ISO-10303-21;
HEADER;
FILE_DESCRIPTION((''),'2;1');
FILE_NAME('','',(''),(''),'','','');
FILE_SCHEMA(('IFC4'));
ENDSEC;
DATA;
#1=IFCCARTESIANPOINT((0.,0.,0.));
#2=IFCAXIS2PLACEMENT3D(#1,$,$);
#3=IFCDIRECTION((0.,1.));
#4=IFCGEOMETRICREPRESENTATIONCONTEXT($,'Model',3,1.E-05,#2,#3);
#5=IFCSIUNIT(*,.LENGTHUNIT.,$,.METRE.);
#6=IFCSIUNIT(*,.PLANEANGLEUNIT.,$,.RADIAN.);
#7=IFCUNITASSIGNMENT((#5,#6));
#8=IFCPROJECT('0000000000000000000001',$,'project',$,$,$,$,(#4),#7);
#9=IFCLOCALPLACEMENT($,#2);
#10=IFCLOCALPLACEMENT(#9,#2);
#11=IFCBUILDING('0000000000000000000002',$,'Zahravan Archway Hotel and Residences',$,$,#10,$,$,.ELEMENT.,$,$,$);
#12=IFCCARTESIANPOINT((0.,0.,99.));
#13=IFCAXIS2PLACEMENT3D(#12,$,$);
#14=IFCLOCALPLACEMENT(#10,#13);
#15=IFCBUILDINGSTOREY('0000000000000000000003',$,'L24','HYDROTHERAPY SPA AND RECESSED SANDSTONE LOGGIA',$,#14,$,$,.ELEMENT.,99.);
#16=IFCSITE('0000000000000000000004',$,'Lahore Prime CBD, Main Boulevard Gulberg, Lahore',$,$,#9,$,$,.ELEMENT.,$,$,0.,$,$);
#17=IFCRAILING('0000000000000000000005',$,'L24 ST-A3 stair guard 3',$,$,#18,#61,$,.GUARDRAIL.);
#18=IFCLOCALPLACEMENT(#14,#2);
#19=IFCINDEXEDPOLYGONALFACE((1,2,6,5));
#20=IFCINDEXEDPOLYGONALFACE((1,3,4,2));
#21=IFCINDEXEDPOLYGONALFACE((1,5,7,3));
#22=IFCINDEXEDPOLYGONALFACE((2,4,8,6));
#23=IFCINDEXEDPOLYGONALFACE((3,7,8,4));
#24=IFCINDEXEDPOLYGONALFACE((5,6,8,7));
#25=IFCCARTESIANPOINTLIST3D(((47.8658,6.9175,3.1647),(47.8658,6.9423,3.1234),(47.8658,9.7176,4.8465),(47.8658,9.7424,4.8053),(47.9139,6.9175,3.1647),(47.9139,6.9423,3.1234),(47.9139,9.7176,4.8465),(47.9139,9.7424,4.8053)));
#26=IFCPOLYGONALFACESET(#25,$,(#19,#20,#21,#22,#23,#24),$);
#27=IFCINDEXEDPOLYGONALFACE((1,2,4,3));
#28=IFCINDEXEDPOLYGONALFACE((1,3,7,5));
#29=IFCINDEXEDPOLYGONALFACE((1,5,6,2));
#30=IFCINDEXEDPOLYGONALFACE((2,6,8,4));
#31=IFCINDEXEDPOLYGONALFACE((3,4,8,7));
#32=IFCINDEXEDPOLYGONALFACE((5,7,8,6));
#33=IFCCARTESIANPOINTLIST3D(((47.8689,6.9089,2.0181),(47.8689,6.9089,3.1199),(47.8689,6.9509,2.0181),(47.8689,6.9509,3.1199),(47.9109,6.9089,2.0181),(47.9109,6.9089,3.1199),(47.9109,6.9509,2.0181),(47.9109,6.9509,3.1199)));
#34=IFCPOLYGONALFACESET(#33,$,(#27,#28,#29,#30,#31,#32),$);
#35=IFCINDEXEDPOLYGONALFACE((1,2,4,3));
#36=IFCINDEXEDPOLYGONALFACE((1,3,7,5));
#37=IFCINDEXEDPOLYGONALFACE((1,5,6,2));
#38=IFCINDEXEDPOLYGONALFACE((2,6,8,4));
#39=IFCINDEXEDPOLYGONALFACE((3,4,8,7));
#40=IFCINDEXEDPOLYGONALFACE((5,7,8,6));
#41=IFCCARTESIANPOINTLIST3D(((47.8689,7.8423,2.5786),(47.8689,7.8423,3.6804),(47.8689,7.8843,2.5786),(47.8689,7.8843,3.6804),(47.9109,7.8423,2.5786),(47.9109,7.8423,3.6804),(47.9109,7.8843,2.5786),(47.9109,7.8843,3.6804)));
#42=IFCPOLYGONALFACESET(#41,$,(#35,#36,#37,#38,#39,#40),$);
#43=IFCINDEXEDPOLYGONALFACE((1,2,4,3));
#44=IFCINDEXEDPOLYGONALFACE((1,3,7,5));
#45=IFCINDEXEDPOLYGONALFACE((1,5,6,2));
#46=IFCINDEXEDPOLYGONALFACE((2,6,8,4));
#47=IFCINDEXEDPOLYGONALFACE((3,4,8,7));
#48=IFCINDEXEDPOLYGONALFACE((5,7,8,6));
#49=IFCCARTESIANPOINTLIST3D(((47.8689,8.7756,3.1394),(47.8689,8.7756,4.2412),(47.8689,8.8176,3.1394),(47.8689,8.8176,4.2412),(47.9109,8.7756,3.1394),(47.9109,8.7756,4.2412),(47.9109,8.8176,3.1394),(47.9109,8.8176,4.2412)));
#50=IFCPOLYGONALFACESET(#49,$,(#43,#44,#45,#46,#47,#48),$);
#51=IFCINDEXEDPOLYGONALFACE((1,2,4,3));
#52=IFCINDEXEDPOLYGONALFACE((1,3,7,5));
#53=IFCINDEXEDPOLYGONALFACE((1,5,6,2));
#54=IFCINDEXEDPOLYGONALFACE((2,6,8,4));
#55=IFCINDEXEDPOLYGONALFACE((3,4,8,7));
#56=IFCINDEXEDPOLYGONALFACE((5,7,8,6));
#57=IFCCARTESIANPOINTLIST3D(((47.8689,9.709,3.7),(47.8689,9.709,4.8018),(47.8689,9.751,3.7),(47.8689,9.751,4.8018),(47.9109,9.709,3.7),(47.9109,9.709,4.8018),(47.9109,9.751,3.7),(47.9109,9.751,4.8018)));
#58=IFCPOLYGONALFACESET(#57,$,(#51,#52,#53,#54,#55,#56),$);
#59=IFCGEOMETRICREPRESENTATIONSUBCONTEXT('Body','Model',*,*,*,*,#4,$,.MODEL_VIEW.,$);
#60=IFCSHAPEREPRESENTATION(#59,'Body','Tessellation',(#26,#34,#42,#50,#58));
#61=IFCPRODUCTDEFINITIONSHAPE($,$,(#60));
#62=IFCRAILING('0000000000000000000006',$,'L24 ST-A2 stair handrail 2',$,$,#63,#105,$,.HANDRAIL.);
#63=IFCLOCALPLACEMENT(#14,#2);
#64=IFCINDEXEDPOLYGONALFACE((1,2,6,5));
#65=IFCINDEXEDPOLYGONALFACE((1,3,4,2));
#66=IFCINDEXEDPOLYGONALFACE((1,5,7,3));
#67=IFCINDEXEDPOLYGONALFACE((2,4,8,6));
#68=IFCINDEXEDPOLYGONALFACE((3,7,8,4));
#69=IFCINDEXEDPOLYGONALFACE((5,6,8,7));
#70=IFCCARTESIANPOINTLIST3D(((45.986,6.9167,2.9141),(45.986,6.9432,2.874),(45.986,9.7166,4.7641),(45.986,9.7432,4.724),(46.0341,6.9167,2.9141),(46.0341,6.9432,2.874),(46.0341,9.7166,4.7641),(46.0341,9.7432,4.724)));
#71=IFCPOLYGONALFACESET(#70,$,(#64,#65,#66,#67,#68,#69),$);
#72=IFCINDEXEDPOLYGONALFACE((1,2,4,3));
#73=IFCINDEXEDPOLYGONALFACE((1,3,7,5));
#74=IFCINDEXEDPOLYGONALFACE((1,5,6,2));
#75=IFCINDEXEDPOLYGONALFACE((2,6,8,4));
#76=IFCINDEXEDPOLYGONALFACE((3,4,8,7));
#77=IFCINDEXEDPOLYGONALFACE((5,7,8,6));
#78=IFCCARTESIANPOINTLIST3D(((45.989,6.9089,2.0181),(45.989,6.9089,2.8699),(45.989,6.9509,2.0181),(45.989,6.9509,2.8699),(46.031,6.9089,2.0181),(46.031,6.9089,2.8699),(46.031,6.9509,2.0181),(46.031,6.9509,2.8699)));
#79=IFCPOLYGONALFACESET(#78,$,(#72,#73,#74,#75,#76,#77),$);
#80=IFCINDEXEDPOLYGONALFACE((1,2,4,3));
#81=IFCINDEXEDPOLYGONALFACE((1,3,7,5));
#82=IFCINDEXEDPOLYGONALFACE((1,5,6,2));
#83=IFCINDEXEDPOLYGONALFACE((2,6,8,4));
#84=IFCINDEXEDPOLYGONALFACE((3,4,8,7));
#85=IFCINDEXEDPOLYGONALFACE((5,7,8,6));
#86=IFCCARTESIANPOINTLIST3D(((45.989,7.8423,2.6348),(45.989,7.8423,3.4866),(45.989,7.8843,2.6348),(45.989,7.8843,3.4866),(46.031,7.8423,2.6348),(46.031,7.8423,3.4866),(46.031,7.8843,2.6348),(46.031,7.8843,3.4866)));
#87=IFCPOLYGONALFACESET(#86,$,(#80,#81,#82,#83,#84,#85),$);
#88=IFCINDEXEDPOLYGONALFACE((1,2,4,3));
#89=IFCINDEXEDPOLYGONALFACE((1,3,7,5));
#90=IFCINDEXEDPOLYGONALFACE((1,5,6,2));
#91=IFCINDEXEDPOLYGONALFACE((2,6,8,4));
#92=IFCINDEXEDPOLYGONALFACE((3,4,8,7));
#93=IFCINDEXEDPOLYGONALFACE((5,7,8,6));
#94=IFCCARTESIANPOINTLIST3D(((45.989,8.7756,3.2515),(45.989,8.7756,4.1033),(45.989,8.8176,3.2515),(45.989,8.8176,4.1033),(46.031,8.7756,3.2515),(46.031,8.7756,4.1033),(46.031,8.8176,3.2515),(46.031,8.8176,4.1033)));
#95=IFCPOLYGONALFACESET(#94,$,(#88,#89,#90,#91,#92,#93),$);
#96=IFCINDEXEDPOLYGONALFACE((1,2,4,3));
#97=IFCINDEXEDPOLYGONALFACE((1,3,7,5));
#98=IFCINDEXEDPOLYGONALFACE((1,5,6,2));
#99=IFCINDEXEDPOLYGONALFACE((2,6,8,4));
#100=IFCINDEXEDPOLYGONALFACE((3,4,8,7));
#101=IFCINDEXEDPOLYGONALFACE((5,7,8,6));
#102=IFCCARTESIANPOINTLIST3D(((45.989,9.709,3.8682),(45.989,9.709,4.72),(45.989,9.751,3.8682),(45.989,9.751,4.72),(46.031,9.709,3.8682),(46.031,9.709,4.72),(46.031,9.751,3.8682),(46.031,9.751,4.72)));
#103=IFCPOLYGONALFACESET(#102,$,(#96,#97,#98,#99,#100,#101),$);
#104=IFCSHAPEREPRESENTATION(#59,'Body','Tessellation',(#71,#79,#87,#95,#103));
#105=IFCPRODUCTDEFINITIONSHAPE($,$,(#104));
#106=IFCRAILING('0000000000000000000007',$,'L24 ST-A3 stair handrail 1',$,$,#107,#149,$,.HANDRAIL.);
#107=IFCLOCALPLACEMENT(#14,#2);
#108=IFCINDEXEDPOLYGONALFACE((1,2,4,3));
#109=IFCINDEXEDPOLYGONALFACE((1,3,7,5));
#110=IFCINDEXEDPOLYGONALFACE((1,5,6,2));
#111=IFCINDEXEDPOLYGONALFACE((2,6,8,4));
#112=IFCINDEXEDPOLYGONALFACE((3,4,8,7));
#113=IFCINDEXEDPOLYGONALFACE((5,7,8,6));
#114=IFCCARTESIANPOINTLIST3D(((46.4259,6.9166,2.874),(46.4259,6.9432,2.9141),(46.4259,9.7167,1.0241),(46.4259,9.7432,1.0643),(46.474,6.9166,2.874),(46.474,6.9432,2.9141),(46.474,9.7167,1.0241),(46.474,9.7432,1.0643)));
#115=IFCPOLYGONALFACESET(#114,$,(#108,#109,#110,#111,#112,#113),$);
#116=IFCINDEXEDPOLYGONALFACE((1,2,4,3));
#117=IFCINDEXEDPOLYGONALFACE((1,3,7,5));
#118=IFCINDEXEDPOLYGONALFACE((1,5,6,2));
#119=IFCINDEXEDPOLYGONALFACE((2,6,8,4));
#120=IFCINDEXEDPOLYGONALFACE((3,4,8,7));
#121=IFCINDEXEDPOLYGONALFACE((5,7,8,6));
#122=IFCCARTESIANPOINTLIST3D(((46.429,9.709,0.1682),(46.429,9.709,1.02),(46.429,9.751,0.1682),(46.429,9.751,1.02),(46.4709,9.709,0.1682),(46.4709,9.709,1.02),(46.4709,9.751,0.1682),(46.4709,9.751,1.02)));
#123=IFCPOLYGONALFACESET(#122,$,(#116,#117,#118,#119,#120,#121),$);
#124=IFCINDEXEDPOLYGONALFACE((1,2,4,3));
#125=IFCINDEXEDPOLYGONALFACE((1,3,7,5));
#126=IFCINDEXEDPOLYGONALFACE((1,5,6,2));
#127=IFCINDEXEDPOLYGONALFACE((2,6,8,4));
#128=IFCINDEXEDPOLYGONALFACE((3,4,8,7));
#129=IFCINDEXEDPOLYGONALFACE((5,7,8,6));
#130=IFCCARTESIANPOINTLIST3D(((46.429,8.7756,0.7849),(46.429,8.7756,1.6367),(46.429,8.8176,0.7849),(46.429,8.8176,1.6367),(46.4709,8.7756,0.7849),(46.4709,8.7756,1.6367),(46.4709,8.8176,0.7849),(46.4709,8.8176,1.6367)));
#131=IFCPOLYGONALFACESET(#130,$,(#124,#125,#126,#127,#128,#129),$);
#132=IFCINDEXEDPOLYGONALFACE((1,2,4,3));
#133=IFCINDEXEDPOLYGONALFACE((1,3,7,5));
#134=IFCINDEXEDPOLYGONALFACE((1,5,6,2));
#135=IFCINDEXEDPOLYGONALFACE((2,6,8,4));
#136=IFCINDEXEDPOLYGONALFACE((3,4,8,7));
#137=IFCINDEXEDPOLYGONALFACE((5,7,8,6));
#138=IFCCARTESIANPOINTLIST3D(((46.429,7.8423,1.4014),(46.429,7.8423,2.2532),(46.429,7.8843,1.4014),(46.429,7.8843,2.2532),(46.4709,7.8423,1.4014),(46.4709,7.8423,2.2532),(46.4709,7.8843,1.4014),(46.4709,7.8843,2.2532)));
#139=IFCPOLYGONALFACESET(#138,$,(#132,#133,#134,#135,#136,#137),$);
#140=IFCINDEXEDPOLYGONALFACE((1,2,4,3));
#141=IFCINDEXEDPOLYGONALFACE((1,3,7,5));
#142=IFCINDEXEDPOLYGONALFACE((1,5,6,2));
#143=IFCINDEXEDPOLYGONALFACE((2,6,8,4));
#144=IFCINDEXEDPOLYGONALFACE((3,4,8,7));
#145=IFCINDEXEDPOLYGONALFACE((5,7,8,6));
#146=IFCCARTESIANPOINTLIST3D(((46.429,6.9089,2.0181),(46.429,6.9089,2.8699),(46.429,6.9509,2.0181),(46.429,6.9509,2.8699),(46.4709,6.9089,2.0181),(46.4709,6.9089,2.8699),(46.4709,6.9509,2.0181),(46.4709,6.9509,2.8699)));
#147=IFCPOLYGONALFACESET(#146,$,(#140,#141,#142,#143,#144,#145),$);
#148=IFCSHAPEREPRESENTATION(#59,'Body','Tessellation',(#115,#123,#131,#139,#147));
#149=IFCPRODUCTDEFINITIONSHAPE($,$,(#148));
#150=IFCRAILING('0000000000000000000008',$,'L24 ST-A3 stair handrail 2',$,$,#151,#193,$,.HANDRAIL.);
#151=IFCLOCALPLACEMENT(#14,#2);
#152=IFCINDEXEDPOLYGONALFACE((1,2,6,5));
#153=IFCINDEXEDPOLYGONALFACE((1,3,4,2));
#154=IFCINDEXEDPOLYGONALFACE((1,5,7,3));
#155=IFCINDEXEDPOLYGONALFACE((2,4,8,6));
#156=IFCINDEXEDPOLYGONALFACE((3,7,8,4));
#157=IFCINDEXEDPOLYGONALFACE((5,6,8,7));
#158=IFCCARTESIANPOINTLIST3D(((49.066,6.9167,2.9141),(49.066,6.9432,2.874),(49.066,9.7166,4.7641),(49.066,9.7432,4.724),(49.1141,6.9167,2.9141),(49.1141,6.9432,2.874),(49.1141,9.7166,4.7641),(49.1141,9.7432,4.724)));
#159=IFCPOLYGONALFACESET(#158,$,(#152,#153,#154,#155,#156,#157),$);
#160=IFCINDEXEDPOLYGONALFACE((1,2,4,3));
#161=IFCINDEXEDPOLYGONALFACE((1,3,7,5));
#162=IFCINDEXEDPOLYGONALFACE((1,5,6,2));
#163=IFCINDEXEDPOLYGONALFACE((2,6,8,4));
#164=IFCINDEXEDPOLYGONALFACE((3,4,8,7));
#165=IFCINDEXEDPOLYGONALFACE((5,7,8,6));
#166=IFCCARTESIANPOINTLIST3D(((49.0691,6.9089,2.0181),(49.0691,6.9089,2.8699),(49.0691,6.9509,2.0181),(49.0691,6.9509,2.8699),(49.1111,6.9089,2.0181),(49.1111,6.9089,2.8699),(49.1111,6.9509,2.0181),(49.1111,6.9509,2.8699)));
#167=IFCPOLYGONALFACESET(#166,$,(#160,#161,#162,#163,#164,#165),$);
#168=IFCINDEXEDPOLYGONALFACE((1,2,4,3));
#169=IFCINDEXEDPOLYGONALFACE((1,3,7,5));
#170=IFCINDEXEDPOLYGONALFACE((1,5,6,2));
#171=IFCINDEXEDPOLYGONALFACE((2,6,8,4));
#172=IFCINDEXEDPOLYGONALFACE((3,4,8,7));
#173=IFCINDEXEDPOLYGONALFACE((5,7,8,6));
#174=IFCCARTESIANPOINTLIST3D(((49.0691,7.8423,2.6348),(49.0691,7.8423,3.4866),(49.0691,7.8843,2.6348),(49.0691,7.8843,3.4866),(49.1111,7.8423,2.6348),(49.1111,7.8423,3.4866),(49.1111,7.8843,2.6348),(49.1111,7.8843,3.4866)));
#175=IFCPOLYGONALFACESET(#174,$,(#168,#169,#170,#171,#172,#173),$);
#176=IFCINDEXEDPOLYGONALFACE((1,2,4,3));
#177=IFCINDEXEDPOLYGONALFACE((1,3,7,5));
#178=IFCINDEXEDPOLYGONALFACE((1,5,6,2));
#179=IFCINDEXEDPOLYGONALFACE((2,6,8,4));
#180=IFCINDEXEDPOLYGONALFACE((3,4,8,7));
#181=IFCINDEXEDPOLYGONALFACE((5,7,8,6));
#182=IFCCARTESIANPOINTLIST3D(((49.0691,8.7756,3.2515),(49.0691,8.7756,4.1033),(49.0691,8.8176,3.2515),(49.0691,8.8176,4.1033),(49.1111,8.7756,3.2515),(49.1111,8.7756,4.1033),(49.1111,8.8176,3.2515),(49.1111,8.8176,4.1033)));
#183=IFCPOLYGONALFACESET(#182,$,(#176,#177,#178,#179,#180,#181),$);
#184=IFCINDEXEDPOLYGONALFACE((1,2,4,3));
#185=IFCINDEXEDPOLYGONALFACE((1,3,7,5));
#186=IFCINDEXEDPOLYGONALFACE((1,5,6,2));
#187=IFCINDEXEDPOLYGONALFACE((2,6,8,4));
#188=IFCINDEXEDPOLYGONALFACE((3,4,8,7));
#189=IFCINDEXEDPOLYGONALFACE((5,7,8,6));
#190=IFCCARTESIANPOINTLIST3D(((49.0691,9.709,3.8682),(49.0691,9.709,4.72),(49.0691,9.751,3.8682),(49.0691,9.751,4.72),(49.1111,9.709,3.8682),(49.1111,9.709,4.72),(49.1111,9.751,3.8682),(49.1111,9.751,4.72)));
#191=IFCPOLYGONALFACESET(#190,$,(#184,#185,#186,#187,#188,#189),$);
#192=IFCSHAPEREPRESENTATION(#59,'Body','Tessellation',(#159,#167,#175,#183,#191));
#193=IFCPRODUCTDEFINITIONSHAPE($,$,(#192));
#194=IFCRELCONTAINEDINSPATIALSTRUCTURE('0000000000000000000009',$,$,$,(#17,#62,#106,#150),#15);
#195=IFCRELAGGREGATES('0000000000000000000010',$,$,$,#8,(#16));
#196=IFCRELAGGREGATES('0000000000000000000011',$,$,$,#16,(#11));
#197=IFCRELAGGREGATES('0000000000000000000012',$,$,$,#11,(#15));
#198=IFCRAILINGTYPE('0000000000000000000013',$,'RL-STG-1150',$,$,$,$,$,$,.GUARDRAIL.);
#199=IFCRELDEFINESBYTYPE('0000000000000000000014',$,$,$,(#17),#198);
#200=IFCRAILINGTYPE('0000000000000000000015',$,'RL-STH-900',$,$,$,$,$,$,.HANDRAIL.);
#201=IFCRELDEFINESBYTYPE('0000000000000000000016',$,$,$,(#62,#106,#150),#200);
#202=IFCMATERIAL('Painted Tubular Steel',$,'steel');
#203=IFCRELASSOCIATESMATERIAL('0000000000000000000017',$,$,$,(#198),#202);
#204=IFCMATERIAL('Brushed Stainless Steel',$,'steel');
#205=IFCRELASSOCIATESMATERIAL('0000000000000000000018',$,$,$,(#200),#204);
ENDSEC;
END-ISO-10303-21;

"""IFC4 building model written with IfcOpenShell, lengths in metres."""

from ifc_helpers import new_model, si_unit, direction, frame, origin, origin_2d, place, context, subcontext, project, spatial, rectangle, extrude, material, type_object, element, save


model = new_model("IFC4")

# Units and contexts
model_context = context("Model", 3, precision=1e-05, world=origin(), true_north=direction((0.0, 1.0)))
body_context = subcontext(model_context, "Body", "Model", "MODEL_VIEW")
ifc_project = project(units=[si_unit("LENGTHUNIT", "METRE"), si_unit("PLANEANGLEUNIT", "RADIAN")], contexts=[model_context])

# Site, building, storey
site_placement = place(None, origin())
site = spatial("IfcSite", under=ifc_project, at=site_placement, Name="Lahore Prime CBD, Main Boulevard Gulberg, Lahore", CompositionType="ELEMENT", RefElevation=0.0)
building_placement = place(site_placement, origin())
building = spatial("IfcBuilding", under=site, at=building_placement, Name="Zahravan Archway Hotel and Residences", CompositionType="ELEMENT")
storey_placement = place(building_placement, frame((0.0, 0.0, 99.0)))
storey = spatial("IfcBuildingStorey", under=building, at=storey_placement, Name="L24", Description="HYDROTHERAPY SPA AND RECESSED SANDSTONE LOGGIA", CompositionType="ELEMENT", Elevation=99.0)

# Railings
ifc_material_1 = material(Name="Painted Tubular Steel", Category="steel")
railing_type_1 = type_object("IfcRailingType", Name="RL-STG-1150", PredefinedType="GUARDRAIL", material=ifc_material_1)
railing_1_placement = place(storey_placement, frame((47.8899, 6.9299, 2.0181)))
element("IfcRailing", 1, at=railing_1_placement, inside=storey, type_object=railing_type_1, Name="L24 ST-A3 stair guard 3", PredefinedType="GUARDRAIL", context=body_context, shape_type="SweptSolid", body=[
    extrude(rectangle(XDim=0.0481, YDim=0.0481, at=origin_2d()), frame((0.0, 0.0, 1.126), z_axis=(0.0, 0.857242, 0.514913), x_axis=(-1.0, 0.0, 0.0)), (0.0, 0.0, 1.0), 3.2664),
    extrude(rectangle(XDim=0.042, YDim=0.042, at=origin_2d()), origin(), (0.0, 0.0, 1.0), 1.1018),
    extrude(rectangle(XDim=0.042, YDim=0.042, at=origin_2d()), frame((0.0, 0.9333, 0.5605)), (0.0, 0.0, 1.0), 1.1018),
    extrude(rectangle(XDim=0.042, YDim=0.042, at=origin_2d()), frame((0.0, 1.8667, 1.1213)), (0.0, 0.0, 1.0), 1.1018),
    extrude(rectangle(XDim=0.042, YDim=0.042, at=origin_2d()), frame((0.0, 2.8, 1.6819)), (0.0, 0.0, 1.0), 1.1018),
])
ifc_material_2 = material(Name="Brushed Stainless Steel", Category="steel")
railing_type_2 = type_object("IfcRailingType", Name="RL-STH-900", PredefinedType="HANDRAIL", material=ifc_material_2)
railing_2_placement = place(storey_placement, frame((46.01, 6.9299, 2.0181)))
element("IfcRailing", 2, at=railing_2_placement, inside=storey, type_object=railing_type_2, Name="L24 ST-A2 stair handrail 2", PredefinedType="HANDRAIL", context=body_context, shape_type="SweptSolid", body=[
    extrude(rectangle(XDim=0.0481, YDim=0.0481, at=origin_2d()), frame((0.0, 0.0, 0.876), z_axis=(0.0, 0.834326, 0.551271), x_axis=(-1.0, 0.0, 0.0)), (0.0, 0.0, 1.0), 3.356),
    extrude(rectangle(XDim=0.042, YDim=0.042, at=origin_2d()), origin(), (0.0, 0.0, 1.0), 0.8518),
    extrude(rectangle(XDim=0.042, YDim=0.042, at=origin_2d()), frame((0.0, 0.9333, 0.6167)), (0.0, 0.0, 1.0), 0.8518),
    extrude(rectangle(XDim=0.042, YDim=0.042, at=origin_2d()), frame((0.0, 1.8667, 1.2334)), (0.0, 0.0, 1.0), 0.8518),
    extrude(rectangle(XDim=0.042, YDim=0.042, at=origin_2d()), frame((0.0, 2.8, 1.8501)), (0.0, 0.0, 1.0), 0.8518),
])
railing_3_placement = place(storey_placement, frame((46.45, 9.73, 0.1682)))
element("IfcRailing", 3, at=railing_3_placement, inside=storey, type_object=railing_type_2, Name="L24 ST-A3 stair handrail 1", PredefinedType="HANDRAIL", context=body_context, shape_type="SweptSolid", body=[
    extrude(rectangle(XDim=0.0481, YDim=0.0481, at=origin_2d()), frame((0.0, 0.0, 0.876), z_axis=(0.0, -0.83436, 0.55122), x_axis=(1.0, 0.0, 0.0)), (0.0, 0.0, 1.0), 3.356),
    extrude(rectangle(XDim=0.042, YDim=0.042, at=origin_2d()), origin(), (0.0, 0.0, 1.0), 0.8518),
    extrude(rectangle(XDim=0.042, YDim=0.042, at=origin_2d()), frame((0.0, -0.9333, 0.6167)), (0.0, 0.0, 1.0), 0.8518),
    extrude(rectangle(XDim=0.042, YDim=0.042, at=origin_2d()), frame((0.0, -1.8667, 1.2332)), (0.0, 0.0, 1.0), 0.8518),
    extrude(rectangle(XDim=0.042, YDim=0.042, at=origin_2d()), frame((0.0, -2.8, 1.8499)), (0.0, 0.0, 1.0), 0.8518),
])
railing_4_placement = place(storey_placement, frame((49.0901, 6.9299, 2.0181)))
element("IfcRailing", 4, at=railing_4_placement, inside=storey, type_object=railing_type_2, Name="L24 ST-A3 stair handrail 2", PredefinedType="HANDRAIL", context=body_context, shape_type="SweptSolid", body=[
    extrude(rectangle(XDim=0.0481, YDim=0.0481, at=origin_2d()), frame((0.0, 0.0, 0.876), z_axis=(0.0, 0.834326, 0.551271), x_axis=(-1.0, 0.0, 0.0)), (0.0, 0.0, 1.0), 3.356),
    extrude(rectangle(XDim=0.042, YDim=0.042, at=origin_2d()), origin(), (0.0, 0.0, 1.0), 0.8518),
    extrude(rectangle(XDim=0.042, YDim=0.042, at=origin_2d()), frame((0.0, 0.9333, 0.6167)), (0.0, 0.0, 1.0), 0.8518),
    extrude(rectangle(XDim=0.042, YDim=0.042, at=origin_2d()), frame((0.0, 1.8667, 1.2334)), (0.0, 0.0, 1.0), 0.8518),
    extrude(rectangle(XDim=0.042, YDim=0.042, at=origin_2d()), frame((0.0, 2.8, 1.8501)), (0.0, 0.0, 1.0), 0.8518),
])

save(model, "model.ifc")
